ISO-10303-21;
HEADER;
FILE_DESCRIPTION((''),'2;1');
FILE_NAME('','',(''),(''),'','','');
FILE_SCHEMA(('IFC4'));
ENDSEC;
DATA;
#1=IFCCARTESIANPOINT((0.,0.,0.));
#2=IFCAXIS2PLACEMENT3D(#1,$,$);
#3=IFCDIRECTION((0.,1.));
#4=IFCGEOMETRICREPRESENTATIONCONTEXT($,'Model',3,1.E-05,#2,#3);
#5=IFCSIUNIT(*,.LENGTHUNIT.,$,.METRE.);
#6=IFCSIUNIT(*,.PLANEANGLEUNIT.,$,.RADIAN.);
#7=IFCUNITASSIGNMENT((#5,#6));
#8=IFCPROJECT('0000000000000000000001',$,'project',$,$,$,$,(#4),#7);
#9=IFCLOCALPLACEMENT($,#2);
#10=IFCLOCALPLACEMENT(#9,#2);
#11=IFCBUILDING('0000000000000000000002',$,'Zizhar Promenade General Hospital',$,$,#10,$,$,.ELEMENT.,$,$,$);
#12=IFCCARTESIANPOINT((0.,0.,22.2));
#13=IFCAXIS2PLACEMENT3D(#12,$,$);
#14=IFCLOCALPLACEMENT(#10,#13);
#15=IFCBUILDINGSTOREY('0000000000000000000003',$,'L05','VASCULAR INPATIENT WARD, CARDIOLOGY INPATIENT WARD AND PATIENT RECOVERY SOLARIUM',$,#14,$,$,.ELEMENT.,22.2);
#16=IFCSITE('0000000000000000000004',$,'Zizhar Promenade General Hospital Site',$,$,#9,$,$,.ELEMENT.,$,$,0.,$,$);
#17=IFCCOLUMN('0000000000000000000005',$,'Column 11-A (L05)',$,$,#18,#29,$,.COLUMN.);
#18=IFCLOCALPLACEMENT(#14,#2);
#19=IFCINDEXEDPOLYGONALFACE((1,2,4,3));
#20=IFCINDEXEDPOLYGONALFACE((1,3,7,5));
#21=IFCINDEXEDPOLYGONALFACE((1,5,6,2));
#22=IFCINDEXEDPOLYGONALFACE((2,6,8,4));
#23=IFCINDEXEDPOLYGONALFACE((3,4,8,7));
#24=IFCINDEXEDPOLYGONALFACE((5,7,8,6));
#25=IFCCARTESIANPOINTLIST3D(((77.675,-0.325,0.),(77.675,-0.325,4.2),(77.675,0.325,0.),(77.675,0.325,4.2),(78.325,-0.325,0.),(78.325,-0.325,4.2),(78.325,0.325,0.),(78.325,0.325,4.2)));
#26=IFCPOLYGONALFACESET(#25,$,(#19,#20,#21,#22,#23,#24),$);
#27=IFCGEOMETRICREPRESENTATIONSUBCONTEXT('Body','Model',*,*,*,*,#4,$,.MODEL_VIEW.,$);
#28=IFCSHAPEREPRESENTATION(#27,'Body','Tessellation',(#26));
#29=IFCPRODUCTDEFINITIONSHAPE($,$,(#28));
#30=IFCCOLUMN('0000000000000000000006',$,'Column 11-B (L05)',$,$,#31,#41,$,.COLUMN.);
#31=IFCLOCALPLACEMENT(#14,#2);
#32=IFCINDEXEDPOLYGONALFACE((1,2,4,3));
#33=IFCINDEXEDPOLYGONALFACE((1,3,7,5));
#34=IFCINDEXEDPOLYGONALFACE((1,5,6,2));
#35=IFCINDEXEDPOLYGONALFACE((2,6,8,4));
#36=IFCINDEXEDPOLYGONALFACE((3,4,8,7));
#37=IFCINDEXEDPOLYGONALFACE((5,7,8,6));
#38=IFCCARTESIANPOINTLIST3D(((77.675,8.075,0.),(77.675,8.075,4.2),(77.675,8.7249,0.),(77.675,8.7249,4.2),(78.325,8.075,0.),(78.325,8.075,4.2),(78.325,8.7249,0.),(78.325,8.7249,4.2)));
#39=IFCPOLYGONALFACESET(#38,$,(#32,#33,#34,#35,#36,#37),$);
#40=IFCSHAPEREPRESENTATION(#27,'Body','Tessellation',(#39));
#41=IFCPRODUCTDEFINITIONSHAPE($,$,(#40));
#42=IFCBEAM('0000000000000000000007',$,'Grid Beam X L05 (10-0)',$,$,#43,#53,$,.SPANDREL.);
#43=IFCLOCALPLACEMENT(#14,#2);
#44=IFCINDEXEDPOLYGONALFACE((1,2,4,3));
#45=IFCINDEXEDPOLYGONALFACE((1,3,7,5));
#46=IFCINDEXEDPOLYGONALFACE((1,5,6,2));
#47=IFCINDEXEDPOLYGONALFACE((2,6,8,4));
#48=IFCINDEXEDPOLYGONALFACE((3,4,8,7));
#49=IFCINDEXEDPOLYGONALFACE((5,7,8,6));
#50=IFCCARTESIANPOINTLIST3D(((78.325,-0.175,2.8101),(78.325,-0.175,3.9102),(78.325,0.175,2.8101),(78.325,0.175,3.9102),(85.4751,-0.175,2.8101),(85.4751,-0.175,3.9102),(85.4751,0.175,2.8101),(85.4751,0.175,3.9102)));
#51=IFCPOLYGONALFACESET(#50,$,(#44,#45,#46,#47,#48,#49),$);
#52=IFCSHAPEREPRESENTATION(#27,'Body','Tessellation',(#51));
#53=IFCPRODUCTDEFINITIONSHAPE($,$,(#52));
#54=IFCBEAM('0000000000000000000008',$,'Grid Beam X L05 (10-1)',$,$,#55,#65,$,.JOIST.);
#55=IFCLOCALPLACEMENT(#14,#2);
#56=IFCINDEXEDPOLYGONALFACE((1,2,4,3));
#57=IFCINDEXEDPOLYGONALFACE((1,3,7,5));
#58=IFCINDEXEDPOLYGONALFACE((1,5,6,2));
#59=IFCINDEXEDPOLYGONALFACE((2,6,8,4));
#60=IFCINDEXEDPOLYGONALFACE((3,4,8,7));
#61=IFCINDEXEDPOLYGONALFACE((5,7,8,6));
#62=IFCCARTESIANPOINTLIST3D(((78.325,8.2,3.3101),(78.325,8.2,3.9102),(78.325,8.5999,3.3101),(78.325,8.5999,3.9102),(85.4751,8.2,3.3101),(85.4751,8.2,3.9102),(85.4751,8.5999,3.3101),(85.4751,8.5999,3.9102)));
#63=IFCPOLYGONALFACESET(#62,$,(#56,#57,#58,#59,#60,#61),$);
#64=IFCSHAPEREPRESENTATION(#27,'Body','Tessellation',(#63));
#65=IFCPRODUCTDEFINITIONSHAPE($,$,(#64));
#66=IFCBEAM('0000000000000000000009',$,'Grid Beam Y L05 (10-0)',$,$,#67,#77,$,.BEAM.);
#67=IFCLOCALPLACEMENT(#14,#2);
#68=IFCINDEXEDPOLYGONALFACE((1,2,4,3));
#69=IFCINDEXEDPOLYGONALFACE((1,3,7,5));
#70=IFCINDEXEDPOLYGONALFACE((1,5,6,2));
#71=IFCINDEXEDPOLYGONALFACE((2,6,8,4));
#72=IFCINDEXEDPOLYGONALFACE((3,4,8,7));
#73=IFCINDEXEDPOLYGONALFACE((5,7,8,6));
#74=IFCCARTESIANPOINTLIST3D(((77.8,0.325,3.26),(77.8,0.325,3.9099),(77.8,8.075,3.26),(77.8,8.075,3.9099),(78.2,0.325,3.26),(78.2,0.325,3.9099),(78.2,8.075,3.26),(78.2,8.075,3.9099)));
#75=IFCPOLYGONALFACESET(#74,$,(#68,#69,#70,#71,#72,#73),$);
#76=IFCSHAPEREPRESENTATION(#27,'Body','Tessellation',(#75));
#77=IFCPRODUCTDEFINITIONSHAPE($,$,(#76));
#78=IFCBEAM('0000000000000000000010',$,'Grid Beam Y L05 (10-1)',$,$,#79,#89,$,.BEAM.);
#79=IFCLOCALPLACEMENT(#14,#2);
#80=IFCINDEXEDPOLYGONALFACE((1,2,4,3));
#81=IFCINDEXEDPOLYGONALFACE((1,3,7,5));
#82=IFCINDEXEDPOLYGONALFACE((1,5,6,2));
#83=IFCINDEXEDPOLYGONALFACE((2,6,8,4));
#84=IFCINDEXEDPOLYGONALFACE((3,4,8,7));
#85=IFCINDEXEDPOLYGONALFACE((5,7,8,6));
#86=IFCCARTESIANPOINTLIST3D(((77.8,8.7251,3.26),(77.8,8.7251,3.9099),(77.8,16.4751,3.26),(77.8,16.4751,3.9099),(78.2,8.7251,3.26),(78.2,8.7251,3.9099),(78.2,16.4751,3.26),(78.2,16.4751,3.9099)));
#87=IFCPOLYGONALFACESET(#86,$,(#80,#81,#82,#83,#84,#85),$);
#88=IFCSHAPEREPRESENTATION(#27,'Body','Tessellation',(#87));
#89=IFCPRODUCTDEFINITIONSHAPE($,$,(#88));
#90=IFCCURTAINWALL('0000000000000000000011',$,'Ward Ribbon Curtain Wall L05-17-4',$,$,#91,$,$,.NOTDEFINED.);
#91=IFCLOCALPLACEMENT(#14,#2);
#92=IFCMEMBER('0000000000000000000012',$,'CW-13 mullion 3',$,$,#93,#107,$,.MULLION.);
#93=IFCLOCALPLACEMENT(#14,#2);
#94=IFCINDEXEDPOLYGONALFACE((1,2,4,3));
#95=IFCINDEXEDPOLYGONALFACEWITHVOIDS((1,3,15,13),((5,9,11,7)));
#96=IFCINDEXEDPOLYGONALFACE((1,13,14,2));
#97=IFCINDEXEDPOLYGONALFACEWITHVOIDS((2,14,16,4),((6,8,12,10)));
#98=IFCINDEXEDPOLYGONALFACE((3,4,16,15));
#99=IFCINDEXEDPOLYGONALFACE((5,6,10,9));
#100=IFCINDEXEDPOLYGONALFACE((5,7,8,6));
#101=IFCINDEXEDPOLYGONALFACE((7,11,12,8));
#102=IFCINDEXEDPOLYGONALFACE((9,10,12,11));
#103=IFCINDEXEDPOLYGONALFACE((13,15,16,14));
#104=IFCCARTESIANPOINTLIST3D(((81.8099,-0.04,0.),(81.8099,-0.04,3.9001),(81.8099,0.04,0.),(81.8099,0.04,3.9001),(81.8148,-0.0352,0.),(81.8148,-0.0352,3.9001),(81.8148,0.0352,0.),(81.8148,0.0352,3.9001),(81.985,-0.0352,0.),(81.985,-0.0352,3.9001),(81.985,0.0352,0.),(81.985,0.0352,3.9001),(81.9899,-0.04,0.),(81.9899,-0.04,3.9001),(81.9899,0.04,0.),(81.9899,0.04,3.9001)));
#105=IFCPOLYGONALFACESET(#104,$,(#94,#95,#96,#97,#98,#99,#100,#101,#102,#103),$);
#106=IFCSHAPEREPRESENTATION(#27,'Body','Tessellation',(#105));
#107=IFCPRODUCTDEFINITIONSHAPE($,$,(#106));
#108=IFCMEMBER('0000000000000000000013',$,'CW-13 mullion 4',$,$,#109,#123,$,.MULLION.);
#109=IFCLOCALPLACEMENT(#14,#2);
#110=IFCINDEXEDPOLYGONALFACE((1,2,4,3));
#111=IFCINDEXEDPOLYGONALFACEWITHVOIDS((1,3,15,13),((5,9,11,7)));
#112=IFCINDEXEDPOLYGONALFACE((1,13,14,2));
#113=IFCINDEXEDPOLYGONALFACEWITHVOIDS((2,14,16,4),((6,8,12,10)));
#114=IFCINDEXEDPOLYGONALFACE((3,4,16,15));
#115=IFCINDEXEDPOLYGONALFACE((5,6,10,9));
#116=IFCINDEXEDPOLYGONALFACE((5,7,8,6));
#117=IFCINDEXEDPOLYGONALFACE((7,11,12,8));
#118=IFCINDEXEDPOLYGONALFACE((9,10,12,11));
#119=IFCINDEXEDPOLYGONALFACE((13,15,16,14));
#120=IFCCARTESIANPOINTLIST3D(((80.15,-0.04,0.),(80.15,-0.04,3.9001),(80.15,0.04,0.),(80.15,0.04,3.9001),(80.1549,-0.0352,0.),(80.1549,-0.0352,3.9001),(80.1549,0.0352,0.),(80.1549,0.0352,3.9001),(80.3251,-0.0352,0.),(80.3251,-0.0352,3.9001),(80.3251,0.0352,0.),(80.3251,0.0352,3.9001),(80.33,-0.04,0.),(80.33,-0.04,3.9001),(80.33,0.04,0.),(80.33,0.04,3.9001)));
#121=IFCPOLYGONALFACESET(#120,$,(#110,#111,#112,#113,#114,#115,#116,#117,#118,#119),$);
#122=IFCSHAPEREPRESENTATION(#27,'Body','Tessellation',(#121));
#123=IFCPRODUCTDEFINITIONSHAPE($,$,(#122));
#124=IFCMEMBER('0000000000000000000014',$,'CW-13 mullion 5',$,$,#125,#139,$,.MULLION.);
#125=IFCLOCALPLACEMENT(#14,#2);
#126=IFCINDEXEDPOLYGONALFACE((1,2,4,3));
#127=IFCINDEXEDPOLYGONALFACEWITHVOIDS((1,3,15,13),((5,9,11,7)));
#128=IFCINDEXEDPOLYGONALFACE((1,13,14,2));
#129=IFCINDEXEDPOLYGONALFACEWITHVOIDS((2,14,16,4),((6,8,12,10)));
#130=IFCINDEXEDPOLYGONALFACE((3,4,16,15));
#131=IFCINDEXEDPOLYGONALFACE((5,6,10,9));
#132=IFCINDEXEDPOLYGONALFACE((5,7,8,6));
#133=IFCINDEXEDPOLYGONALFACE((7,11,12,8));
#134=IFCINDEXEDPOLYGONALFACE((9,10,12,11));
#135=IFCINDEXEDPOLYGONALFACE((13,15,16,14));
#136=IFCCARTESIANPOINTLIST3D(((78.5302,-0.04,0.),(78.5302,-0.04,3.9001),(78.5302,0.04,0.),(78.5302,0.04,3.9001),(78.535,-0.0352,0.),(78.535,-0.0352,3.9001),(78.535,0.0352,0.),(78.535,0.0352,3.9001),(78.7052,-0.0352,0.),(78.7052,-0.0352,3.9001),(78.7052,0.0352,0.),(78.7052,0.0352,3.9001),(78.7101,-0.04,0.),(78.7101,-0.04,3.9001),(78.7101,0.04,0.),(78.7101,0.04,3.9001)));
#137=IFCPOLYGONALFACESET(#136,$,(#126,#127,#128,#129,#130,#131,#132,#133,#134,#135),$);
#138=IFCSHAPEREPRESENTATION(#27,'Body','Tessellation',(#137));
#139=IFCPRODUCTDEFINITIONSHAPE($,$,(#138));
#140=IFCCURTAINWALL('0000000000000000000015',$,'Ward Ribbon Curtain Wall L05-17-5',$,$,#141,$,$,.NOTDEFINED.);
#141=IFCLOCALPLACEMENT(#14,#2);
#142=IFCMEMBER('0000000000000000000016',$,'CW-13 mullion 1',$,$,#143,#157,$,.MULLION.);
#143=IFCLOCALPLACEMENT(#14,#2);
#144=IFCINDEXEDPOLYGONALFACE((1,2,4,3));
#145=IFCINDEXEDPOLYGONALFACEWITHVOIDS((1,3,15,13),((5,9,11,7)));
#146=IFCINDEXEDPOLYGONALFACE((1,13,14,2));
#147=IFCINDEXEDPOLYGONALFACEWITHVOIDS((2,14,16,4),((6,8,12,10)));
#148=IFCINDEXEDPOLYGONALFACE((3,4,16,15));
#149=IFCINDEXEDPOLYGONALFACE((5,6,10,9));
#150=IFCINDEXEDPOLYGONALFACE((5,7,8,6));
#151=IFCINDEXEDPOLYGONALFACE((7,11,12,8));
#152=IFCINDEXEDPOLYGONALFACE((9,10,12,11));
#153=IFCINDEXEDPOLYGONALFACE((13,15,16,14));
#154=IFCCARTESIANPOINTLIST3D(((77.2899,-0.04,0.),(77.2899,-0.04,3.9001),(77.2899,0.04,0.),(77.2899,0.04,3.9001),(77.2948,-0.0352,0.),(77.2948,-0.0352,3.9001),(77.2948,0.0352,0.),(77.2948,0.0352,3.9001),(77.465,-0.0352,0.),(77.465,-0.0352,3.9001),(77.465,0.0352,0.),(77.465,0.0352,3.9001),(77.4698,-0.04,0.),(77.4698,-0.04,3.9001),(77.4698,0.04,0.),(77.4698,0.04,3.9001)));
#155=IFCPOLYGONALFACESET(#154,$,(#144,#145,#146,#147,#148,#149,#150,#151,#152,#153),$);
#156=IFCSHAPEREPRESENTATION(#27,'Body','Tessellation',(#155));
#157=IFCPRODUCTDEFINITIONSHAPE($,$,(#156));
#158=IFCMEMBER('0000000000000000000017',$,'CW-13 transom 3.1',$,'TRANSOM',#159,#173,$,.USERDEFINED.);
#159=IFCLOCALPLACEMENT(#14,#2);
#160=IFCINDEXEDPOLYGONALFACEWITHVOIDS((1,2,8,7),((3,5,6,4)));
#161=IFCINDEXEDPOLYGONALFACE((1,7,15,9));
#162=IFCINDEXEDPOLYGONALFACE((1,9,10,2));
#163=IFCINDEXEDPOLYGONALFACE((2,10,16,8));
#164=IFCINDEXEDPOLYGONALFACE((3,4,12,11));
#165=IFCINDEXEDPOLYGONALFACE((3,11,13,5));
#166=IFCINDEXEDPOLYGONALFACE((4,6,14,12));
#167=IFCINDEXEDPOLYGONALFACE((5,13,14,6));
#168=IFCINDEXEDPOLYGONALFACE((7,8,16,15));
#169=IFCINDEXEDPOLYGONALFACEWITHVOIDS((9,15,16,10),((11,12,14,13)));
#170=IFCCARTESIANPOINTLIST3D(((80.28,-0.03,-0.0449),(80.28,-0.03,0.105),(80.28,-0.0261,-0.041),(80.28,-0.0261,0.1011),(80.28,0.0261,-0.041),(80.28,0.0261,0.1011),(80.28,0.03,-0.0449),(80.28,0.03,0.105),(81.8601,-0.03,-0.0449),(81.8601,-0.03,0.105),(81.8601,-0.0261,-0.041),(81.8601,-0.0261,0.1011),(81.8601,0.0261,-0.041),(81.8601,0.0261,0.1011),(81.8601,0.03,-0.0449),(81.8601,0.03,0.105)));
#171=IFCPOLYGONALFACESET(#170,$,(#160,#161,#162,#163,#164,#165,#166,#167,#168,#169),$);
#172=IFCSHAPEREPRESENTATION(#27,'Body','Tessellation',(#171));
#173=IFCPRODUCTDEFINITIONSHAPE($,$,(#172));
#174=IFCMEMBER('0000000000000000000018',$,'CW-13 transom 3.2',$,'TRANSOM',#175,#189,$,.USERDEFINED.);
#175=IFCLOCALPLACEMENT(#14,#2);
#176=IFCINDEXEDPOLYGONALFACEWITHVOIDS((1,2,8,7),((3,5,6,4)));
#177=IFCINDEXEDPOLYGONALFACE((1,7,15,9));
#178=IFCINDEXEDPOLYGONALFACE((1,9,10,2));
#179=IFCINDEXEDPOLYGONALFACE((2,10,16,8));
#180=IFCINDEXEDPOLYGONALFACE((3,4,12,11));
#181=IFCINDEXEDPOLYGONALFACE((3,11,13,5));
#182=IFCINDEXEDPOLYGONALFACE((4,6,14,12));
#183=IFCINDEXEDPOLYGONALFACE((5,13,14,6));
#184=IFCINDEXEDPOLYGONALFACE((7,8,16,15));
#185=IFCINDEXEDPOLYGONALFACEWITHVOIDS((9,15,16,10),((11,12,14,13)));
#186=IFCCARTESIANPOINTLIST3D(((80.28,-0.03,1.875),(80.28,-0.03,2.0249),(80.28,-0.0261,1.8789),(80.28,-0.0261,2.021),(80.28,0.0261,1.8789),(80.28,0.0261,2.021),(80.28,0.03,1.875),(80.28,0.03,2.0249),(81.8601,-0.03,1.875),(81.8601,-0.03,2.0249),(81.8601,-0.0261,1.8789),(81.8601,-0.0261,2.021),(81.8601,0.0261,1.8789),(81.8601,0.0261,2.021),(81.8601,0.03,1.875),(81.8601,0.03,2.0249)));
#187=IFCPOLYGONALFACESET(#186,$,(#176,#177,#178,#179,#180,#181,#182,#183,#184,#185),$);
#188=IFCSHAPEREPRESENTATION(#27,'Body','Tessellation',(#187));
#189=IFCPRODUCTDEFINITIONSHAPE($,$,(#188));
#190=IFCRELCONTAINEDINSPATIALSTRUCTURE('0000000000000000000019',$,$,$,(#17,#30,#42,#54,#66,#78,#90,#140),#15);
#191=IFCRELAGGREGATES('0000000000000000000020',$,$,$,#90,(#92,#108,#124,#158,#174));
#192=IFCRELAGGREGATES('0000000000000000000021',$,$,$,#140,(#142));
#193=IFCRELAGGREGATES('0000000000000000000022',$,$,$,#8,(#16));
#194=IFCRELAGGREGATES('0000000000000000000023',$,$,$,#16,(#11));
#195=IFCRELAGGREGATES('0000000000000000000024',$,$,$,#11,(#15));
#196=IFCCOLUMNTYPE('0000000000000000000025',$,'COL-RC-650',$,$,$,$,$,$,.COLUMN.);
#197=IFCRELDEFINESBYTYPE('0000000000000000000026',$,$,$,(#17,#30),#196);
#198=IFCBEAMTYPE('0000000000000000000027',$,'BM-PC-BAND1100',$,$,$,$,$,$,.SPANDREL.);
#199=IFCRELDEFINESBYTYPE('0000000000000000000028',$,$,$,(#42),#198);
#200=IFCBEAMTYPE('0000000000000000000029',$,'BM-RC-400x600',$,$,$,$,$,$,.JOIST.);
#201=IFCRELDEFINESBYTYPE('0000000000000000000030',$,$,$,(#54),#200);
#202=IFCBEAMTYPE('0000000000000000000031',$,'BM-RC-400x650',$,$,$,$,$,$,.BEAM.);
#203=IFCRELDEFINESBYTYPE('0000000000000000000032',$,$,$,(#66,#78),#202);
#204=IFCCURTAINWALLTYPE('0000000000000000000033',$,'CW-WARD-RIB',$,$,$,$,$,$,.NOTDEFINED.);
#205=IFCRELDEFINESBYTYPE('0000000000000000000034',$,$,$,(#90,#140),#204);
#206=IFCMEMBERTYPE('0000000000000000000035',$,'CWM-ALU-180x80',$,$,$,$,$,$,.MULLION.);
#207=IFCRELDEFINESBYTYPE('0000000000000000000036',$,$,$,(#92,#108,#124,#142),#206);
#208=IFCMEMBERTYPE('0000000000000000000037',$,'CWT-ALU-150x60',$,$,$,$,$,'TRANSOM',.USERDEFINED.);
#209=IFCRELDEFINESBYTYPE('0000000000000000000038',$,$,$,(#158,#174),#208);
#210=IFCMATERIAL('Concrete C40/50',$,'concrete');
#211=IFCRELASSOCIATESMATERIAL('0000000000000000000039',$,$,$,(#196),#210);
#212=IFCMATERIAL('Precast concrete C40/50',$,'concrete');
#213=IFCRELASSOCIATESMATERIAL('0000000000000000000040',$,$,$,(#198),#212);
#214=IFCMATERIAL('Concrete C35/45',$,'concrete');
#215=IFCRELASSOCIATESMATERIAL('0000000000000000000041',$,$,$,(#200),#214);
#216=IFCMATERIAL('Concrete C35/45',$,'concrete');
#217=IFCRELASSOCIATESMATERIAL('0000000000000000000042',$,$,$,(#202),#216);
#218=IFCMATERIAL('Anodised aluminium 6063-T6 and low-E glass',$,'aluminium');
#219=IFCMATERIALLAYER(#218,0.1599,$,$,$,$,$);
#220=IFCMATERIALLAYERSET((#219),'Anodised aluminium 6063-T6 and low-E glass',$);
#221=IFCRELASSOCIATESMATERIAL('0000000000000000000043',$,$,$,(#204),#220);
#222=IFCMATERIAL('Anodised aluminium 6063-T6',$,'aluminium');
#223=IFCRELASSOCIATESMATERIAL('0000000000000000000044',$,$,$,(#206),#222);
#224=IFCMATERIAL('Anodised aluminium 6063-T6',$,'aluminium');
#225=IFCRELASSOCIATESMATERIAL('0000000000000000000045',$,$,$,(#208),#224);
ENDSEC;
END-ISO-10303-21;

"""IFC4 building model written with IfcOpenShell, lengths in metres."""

from ifc_helpers import new_model, si_unit, direction, frame, origin, origin_2d, place, context, subcontext, project, spatial, rectangle, hollow_rectangle, extrude, material, layer, layer_set, material_profile, profile_set, type_object, element, aggregate, save


model = new_model("IFC4")

# Units and contexts
model_context = context("Model", 3, precision=1e-05, world=origin(), true_north=direction((0.0, 1.0)))
body_context = subcontext(model_context, "Body", "Model", "MODEL_VIEW")
ifc_project = project(units=[si_unit("LENGTHUNIT", "METRE"), si_unit("PLANEANGLEUNIT", "RADIAN")], contexts=[model_context])

# Site, building, storey
site_placement = place(None, origin())
site = spatial("IfcSite", under=ifc_project, at=site_placement, Name="Zizhar Promenade General Hospital Site", CompositionType="ELEMENT", RefElevation=0.0)
building_placement = place(site_placement, origin())
building = spatial("IfcBuilding", under=site, at=building_placement, Name="Zizhar Promenade General Hospital", CompositionType="ELEMENT")
storey_placement = place(building_placement, frame((0.0, 0.0, 22.2)))
storey = spatial("IfcBuildingStorey", under=building, at=storey_placement, Name="L05", Description="VASCULAR INPATIENT WARD, CARDIOLOGY INPATIENT WARD AND PATIENT RECOVERY SOLARIUM", CompositionType="ELEMENT", Elevation=22.2)

# Columns
ifc_material_1 = material(Name="Concrete C40/50", Category="concrete")
ifc_material_profile_1 = material_profile(ifc_material_1, rectangle(XDim=0.6499, YDim=0.6499, at=origin_2d()))
ifc_profile_set_1 = profile_set([ifc_material_profile_1], Name="Concrete C40/50")
column_type = type_object("IfcColumnType", Name="COL-RC-650", PredefinedType="COLUMN", material=ifc_profile_set_1)
for number, where, z_axis, x_axis, name in (
    (1, (78.0, 0.0, 0.0), (0.0, 0.0, 1.0), (1.0, 0.0, 0.0), "Column 11-A (L05)"),
    (2, (78.0, 8.3999, 0.0), (0.0, 0.0, 1.0), (1.0, 0.0, 0.0), "Column 11-B (L05)"),
):
    element("IfcColumn", number, at=place(storey_placement, frame(where, z_axis=z_axis, x_axis=x_axis)), inside=storey, type_object=column_type, Name=name, PredefinedType="COLUMN", context=body_context, shape_type="SweptSolid", body=[
        extrude(rectangle(XDim=0.6499, YDim=0.6499, at=origin_2d()), origin(), (0.0, 0.0, 1.0), 4.2),
    ])

# Beams
ifc_material_2 = material(Name="Precast concrete C40/50", Category="concrete")
ifc_material_profile_2 = material_profile(ifc_material_2, rectangle(XDim=0.3501, YDim=1.1001, at=origin_2d()))
ifc_profile_set_2 = profile_set([ifc_material_profile_2], Name="Precast concrete C40/50")
beam_type_1 = type_object("IfcBeamType", Name="BM-PC-BAND1100", PredefinedType="SPANDREL", material=ifc_profile_set_2)
beam_1_placement = place(storey_placement, frame((78.325, 0.0, 3.3601), z_axis=(1.0, 0.0, 0.0), x_axis=(0.0, 1.0, 0.0)))
element("IfcBeam", 3, at=beam_1_placement, inside=storey, type_object=beam_type_1, Name="Grid Beam X L05 (10-0)", PredefinedType="SPANDREL", context=body_context, shape_type="SweptSolid", body=[
    extrude(rectangle(XDim=0.3501, YDim=1.1001, at=origin_2d()), origin(), (0.0, 0.0, 1.0), 7.1501),
])
ifc_material_3 = material(Name="Concrete C35/45", Category="concrete")
ifc_material_profile_3 = material_profile(ifc_material_3, rectangle(XDim=0.3999, YDim=0.6001, at=origin_2d()))
ifc_profile_set_3 = profile_set([ifc_material_profile_3], Name="Concrete C35/45")
beam_type_2 = type_object("IfcBeamType", Name="BM-RC-400x600", PredefinedType="JOIST", material=ifc_profile_set_3)
beam_2_placement = place(storey_placement, frame((78.325, 8.3999, 3.6101), z_axis=(1.0, 0.0, 0.0), x_axis=(0.0, 1.0, 0.0)))
element("IfcBeam", 4, at=beam_2_placement, inside=storey, type_object=beam_type_2, Name="Grid Beam X L05 (10-1)", PredefinedType="JOIST", context=body_context, shape_type="SweptSolid", body=[
    extrude(rectangle(XDim=0.3999, YDim=0.6001, at=origin_2d()), origin(), (0.0, 0.0, 1.0), 7.1501),
])
ifc_material_4 = material(Name="Concrete C35/45", Category="concrete")
ifc_material_profile_4 = material_profile(ifc_material_4, rectangle(XDim=0.3999, YDim=0.6499, at=origin_2d()))
ifc_profile_set_4 = profile_set([ifc_material_profile_4], Name="Concrete C35/45")
beam_type_3 = type_object("IfcBeamType", Name="BM-RC-400x650", PredefinedType="BEAM", material=ifc_profile_set_4)
for number, where, z_axis, x_axis, name in (
    (5, (78.0, 0.325, 3.585), (0.0, 1.0, 0.0), (-1.0, 0.0, 0.0), "Grid Beam Y L05 (10-0)"),
    (6, (78.0, 8.7251, 3.585), (0.0, 1.0, 0.0), (-1.0, 0.0, 0.0), "Grid Beam Y L05 (10-1)"),
):
    element("IfcBeam", number, at=place(storey_placement, frame(where, z_axis=z_axis, x_axis=x_axis)), inside=storey, type_object=beam_type_3, Name=name, PredefinedType="BEAM", context=body_context, shape_type="SweptSolid", body=[
        extrude(rectangle(XDim=0.3999, YDim=0.6499, at=origin_2d()), origin(), (0.0, 0.0, 1.0), 7.75),
    ])

# Curtain wall, members
ifc_material_5 = material(Name="Anodised aluminium 6063-T6 and low-E glass", Category="aluminium")
ifc_layer_1 = layer(ifc_material_5, 0.1599)
ifc_layer_set_1 = layer_set([ifc_layer_1], Name="Anodised aluminium 6063-T6 and low-E glass")
curtain_wall_type = type_object("IfcCurtainWallType", Name="CW-WARD-RIB", PredefinedType="NOTDEFINED", material=ifc_layer_set_1)
curtain_wall_1_placement = place(storey_placement, origin())
curtain_wall_1 = element("IfcCurtainWall", 7, at=curtain_wall_1_placement, inside=storey, type_object=curtain_wall_type, Name="Ward Ribbon Curtain Wall L05-17-4", PredefinedType="NOTDEFINED")
ifc_material_6 = material(Name="Anodised aluminium 6063-T6", Category="aluminium")
ifc_material_profile_5 = material_profile(ifc_material_6, hollow_rectangle(XDim=0.0801, YDim=0.1799, WallThickness=0.0049, at=origin_2d()))
ifc_profile_set_5 = profile_set([ifc_material_profile_5], Name="Anodised aluminium 6063-T6")
member_type_1 = type_object("IfcMemberType", Name="CWM-ALU-180x80", PredefinedType="MULLION", material=ifc_profile_set_5)
member_1_placement = place(storey_placement, frame((81.8999, 0.0, 0.0), z_axis=(0.0, 0.0, 1.0), x_axis=(0.0, -1.0, 0.0)))
member_1 = element("IfcMember", 8, at=member_1_placement, type_object=member_type_1, Name="CW-13 mullion 3", PredefinedType="MULLION", context=body_context, shape_type="SweptSolid", body=[
    extrude(hollow_rectangle(XDim=0.0801, YDim=0.1799, WallThickness=0.0049, at=origin_2d()), origin(), (0.0, 0.0, 1.0), 3.9001),
])
member_2_placement = place(storey_placement, frame((80.24, 0.0, 0.0), z_axis=(0.0, 0.0, 1.0), x_axis=(0.0, -1.0, 0.0)))
member_2 = element("IfcMember", 9, at=member_2_placement, type_object=member_type_1, Name="CW-13 mullion 4", PredefinedType="MULLION", context=body_context, shape_type="SweptSolid", body=[
    extrude(hollow_rectangle(XDim=0.0801, YDim=0.1799, WallThickness=0.0049, at=origin_2d()), origin(), (0.0, 0.0, 1.0), 3.9001),
])
member_3_placement = place(storey_placement, frame((78.6201, 0.0, 0.0), z_axis=(0.0, 0.0, 1.0), x_axis=(0.0, -1.0, 0.0)))
member_3 = element("IfcMember", 10, at=member_3_placement, type_object=member_type_1, Name="CW-13 mullion 5", PredefinedType="MULLION", context=body_context, shape_type="SweptSolid", body=[
    extrude(hollow_rectangle(XDim=0.0801, YDim=0.1799, WallThickness=0.0049, at=origin_2d()), origin(), (0.0, 0.0, 1.0), 3.9001),
])

# Curtain wall, member
curtain_wall_2_placement = place(storey_placement, origin())
curtain_wall_2 = element("IfcCurtainWall", 11, at=curtain_wall_2_placement, inside=storey, type_object=curtain_wall_type, Name="Ward Ribbon Curtain Wall L05-17-5", PredefinedType="NOTDEFINED")
member_4_placement = place(storey_placement, frame((77.3799, 0.0, 0.0), z_axis=(0.0, 0.0, 1.0), x_axis=(0.0, -1.0, 0.0)))
member_4 = element("IfcMember", 12, at=member_4_placement, type_object=member_type_1, Name="CW-13 mullion 1", PredefinedType="MULLION", context=body_context, shape_type="SweptSolid", body=[
    extrude(hollow_rectangle(XDim=0.0801, YDim=0.1799, WallThickness=0.0049, at=origin_2d()), origin(), (0.0, 0.0, 1.0), 3.9001),
])

# Members
ifc_material_7 = material(Name="Anodised aluminium 6063-T6", Category="aluminium")
ifc_material_profile_6 = material_profile(ifc_material_7, hollow_rectangle(XDim=0.0601, YDim=0.1499, WallThickness=0.0039, at=origin_2d()))
ifc_profile_set_6 = profile_set([ifc_material_profile_6], Name="Anodised aluminium 6063-T6")
member_type_2 = type_object("IfcMemberType", Name="CWT-ALU-150x60", ElementType="TRANSOM", PredefinedType="USERDEFINED", material=ifc_profile_set_6)
member_5_placement = place(storey_placement, frame((81.8601, 0.0, 0.03), z_axis=(-1.0, 0.0, 0.0), x_axis=(0.0, -1.0, 0.0)))
member_5 = element("IfcMember", 13, at=member_5_placement, type_object=member_type_2, Name="CW-13 transom 3.1", ObjectType="TRANSOM", PredefinedType="USERDEFINED", context=body_context, shape_type="SweptSolid", body=[
    extrude(hollow_rectangle(XDim=0.0601, YDim=0.1499, WallThickness=0.0039, at=origin_2d()), origin(), (0.0, 0.0, 1.0), 1.5801),
])
member_6_placement = place(storey_placement, frame((81.8601, 0.0, 1.95), z_axis=(-1.0, 0.0, 0.0), x_axis=(0.0, -1.0, 0.0)))
member_6 = element("IfcMember", 14, at=member_6_placement, type_object=member_type_2, Name="CW-13 transom 3.2", ObjectType="TRANSOM", PredefinedType="USERDEFINED", context=body_context, shape_type="SweptSolid", body=[
    extrude(hollow_rectangle(XDim=0.0601, YDim=0.1499, WallThickness=0.0039, at=origin_2d()), origin(), (0.0, 0.0, 1.0), 1.5801),
])

aggregate(curtain_wall_1, [member_1, member_2, member_3, member_5, member_6])
aggregate(curtain_wall_2, [member_4])

save(model, "model.ifc")
